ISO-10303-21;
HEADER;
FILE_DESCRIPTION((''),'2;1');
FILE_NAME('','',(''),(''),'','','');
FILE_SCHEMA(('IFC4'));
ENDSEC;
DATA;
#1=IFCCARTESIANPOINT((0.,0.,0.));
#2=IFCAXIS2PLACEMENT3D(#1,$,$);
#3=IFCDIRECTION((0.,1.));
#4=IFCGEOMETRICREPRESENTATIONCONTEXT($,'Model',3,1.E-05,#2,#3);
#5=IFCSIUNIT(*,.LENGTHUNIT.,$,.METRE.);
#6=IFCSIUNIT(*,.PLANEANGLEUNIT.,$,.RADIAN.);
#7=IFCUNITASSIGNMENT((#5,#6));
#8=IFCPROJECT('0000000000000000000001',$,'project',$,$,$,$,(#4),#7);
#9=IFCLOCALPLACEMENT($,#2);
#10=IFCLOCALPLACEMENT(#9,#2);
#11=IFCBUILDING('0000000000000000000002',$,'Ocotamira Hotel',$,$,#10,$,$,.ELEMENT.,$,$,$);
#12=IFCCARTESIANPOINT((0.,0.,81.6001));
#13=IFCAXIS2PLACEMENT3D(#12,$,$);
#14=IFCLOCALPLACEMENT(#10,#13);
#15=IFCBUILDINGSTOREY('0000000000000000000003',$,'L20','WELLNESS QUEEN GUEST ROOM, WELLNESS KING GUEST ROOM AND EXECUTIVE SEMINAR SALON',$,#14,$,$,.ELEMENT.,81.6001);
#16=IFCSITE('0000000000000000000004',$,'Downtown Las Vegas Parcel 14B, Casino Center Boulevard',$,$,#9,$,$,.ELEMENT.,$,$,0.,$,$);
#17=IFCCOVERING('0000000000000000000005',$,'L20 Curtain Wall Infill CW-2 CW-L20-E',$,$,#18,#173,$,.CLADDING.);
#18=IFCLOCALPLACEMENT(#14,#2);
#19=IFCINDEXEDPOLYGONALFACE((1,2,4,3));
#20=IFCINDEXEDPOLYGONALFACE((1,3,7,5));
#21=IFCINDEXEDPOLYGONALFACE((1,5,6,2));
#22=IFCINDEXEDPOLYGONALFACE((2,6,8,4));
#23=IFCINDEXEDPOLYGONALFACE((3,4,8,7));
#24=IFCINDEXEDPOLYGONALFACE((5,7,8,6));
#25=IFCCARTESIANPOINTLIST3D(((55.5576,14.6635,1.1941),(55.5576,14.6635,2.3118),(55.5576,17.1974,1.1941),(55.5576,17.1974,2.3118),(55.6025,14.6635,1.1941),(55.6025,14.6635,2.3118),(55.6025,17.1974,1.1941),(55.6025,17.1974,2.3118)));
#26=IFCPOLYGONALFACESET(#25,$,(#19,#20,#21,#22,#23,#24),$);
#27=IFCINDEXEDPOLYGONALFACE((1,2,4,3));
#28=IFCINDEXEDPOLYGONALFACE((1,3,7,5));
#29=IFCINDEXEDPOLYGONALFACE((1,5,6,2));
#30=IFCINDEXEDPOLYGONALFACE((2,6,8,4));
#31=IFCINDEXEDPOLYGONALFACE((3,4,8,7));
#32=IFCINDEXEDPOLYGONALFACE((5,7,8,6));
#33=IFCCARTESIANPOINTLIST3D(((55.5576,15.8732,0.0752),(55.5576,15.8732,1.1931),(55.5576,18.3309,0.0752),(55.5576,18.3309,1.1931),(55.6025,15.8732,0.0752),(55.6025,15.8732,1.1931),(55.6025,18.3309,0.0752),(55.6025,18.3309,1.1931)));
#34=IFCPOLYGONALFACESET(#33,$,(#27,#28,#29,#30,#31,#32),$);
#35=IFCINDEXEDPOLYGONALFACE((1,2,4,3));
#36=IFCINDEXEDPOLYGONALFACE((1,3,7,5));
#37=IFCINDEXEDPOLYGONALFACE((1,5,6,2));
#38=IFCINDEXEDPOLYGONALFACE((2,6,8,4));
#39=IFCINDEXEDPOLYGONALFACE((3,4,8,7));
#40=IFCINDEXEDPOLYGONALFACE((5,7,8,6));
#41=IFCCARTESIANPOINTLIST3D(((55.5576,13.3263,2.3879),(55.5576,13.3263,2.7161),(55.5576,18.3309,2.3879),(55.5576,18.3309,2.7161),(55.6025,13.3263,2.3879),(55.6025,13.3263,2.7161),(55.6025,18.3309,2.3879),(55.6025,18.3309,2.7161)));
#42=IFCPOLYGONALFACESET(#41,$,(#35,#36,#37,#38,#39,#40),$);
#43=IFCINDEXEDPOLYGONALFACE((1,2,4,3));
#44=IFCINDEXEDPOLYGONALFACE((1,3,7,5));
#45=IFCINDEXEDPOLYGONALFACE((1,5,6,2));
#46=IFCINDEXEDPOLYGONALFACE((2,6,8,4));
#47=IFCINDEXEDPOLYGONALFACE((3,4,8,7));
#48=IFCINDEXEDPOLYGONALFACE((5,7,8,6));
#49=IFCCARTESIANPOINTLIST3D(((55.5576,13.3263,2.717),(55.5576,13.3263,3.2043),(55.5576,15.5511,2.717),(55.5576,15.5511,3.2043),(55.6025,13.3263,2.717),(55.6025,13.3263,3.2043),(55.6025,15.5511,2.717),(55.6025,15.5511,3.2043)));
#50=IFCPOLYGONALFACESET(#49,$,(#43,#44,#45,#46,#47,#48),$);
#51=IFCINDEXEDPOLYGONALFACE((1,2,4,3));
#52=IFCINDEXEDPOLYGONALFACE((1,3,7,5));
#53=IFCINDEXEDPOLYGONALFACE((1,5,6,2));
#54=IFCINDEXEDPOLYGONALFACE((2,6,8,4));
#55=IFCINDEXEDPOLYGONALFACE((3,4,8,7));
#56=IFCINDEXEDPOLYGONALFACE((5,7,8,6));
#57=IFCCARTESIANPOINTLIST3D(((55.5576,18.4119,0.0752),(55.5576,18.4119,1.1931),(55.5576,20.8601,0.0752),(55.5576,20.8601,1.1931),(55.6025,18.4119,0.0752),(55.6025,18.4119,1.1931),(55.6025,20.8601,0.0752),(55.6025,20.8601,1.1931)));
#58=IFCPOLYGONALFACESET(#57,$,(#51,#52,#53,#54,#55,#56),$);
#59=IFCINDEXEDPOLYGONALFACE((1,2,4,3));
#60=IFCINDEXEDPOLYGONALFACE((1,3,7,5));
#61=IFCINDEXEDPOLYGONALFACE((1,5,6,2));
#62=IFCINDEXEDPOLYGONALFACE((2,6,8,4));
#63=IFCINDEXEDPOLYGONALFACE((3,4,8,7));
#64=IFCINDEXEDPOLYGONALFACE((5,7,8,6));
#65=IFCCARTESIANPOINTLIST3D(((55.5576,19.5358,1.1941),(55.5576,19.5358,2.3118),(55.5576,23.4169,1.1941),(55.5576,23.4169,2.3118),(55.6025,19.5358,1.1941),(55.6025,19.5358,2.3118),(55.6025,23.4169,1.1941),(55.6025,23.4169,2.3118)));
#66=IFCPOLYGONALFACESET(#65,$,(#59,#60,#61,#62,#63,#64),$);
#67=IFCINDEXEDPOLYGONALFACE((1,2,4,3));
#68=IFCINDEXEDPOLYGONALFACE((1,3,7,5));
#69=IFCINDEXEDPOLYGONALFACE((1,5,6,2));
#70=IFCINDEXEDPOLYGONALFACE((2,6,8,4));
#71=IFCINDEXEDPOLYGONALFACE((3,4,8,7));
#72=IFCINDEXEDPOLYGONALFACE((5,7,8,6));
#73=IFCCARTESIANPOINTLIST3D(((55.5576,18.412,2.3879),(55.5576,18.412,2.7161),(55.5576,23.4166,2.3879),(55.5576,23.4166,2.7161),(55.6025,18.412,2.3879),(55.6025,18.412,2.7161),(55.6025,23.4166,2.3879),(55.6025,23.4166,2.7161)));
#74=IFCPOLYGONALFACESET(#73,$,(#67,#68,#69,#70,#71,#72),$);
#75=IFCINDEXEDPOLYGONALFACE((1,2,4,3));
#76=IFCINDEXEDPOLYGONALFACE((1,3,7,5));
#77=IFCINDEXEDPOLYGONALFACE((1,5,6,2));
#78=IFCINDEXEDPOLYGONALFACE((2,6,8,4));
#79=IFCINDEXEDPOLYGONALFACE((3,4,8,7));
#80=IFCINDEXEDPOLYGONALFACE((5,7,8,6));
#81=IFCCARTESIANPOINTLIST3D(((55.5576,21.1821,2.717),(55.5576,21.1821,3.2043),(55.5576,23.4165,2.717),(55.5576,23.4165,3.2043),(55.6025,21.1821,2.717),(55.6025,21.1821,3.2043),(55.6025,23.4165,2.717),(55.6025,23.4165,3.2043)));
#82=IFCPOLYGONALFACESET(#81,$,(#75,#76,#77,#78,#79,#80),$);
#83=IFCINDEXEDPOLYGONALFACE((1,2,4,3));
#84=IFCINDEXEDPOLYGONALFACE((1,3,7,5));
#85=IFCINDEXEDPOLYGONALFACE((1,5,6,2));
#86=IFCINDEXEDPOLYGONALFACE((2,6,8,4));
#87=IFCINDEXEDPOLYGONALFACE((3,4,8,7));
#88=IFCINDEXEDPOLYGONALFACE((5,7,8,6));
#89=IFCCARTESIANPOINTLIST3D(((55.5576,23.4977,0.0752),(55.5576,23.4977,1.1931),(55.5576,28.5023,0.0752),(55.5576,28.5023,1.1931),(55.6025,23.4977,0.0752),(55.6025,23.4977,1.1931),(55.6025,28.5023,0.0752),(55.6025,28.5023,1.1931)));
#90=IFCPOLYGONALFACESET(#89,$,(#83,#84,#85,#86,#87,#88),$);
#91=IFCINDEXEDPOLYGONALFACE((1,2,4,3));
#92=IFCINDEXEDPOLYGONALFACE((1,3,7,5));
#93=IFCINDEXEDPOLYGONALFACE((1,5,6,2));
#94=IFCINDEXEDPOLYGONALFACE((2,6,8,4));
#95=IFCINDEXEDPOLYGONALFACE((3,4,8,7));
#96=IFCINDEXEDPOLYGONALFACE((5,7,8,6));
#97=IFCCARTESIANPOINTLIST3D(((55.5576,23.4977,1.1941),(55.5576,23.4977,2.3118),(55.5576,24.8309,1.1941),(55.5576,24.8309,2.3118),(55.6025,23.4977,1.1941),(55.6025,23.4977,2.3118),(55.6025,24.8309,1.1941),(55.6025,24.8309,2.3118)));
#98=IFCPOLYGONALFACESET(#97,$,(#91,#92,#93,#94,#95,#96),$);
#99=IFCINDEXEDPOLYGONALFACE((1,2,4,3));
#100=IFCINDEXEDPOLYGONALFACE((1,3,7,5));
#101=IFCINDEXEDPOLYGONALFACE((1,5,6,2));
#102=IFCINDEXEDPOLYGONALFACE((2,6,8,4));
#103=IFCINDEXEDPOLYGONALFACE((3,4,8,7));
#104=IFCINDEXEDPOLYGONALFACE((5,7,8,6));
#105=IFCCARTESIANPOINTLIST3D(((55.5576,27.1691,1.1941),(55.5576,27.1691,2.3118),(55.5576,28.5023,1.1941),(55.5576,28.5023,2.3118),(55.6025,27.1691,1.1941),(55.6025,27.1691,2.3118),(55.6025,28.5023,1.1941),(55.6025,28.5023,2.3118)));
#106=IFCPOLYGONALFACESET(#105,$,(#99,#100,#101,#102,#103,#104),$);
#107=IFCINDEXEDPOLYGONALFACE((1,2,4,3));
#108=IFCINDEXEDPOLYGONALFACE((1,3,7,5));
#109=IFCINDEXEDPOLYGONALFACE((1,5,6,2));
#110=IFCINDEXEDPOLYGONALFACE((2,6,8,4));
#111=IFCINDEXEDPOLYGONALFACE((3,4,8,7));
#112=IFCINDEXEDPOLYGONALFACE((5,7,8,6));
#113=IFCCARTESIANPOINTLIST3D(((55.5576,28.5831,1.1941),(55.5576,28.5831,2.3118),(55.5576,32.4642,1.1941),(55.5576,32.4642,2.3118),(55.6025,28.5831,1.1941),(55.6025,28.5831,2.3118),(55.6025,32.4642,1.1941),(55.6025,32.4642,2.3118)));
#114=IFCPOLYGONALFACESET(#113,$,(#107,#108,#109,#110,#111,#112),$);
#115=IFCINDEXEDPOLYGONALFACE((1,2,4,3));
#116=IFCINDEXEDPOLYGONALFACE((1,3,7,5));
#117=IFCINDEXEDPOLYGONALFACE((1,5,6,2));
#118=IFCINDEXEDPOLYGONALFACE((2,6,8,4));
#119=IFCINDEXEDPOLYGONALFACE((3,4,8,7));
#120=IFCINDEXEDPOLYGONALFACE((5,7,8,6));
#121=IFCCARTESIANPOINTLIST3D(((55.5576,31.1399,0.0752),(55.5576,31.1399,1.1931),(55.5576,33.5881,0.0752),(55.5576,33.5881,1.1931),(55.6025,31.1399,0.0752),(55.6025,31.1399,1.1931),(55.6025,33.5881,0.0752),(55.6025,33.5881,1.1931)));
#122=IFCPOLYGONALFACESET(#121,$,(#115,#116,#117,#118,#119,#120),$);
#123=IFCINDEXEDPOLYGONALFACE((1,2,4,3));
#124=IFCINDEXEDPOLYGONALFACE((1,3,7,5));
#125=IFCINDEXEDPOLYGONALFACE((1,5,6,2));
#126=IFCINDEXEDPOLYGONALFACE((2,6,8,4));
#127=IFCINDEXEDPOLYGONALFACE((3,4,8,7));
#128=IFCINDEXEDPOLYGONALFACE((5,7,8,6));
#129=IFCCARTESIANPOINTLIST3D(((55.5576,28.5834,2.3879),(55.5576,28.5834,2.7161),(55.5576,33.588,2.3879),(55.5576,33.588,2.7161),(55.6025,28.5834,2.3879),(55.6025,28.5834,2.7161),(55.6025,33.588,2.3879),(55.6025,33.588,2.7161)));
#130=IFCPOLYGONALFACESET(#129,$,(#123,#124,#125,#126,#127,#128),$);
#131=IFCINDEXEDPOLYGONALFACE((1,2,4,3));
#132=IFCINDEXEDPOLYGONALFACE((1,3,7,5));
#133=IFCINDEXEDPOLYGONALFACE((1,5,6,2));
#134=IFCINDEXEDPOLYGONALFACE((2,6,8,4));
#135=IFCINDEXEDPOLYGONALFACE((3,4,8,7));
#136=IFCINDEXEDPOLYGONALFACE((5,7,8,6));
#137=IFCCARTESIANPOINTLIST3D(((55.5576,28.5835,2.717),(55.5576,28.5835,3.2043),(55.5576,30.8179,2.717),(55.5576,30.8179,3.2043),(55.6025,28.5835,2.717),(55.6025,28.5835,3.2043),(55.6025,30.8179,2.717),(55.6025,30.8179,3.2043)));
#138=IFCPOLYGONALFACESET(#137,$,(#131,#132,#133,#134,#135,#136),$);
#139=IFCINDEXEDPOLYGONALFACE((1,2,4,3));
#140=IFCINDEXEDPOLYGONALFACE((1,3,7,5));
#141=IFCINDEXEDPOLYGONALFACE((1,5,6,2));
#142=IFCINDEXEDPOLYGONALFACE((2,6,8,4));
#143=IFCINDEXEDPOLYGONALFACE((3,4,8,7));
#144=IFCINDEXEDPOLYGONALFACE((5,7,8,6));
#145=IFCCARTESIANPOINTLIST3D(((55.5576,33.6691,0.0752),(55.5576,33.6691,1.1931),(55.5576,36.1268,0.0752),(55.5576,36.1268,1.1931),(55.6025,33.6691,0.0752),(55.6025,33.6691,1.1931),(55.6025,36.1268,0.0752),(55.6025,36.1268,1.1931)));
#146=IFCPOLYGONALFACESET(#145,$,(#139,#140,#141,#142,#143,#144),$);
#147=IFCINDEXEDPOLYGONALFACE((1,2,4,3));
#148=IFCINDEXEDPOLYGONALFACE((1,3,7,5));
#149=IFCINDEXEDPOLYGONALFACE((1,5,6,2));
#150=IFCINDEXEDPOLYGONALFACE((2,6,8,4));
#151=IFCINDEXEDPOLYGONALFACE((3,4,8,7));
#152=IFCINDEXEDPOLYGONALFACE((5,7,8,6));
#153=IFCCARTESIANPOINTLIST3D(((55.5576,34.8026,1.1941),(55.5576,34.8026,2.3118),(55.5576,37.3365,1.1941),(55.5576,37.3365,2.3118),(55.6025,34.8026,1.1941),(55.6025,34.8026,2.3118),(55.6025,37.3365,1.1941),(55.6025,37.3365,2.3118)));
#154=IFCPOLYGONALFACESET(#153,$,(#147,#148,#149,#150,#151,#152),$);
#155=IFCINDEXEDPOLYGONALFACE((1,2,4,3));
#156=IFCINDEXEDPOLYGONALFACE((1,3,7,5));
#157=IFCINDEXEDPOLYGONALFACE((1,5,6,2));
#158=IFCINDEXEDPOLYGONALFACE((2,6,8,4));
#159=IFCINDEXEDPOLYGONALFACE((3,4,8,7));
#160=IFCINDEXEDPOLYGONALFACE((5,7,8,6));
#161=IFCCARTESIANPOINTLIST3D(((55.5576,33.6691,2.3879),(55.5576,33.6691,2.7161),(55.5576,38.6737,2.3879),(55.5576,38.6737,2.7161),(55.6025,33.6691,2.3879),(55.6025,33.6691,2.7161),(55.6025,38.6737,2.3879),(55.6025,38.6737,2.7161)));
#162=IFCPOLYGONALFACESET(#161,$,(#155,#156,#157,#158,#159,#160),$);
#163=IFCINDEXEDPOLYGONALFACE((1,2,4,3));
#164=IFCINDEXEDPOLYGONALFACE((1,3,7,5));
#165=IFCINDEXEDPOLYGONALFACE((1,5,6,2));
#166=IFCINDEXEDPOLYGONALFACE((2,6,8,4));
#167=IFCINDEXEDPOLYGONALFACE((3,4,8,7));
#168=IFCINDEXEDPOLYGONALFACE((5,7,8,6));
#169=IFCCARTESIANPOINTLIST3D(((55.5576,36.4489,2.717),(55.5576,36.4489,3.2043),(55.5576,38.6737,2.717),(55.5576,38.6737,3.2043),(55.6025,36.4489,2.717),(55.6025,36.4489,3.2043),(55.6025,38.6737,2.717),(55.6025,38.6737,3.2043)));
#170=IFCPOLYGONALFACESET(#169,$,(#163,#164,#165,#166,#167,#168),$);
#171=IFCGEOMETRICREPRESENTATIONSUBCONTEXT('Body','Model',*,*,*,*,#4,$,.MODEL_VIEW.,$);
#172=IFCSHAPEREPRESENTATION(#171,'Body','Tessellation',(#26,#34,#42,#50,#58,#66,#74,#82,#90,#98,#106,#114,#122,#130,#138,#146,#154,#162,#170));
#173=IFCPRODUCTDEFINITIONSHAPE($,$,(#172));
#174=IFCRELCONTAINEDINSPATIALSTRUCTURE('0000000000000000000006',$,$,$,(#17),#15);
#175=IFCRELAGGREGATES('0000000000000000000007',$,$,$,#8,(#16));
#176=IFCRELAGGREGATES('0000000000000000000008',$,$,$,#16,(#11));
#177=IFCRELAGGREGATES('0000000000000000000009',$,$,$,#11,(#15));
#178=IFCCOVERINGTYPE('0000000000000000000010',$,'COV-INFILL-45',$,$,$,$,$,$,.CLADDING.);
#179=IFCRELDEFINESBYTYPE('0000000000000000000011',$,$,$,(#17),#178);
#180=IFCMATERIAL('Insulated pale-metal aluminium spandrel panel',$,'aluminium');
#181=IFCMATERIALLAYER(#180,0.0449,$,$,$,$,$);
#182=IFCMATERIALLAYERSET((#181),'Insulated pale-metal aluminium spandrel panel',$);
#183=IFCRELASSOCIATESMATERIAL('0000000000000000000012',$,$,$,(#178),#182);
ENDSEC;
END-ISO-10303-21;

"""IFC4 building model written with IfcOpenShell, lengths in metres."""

from ifc_helpers import new_model, si_unit, direction, frame, origin, origin_2d, place, context, subcontext, project, spatial, rectangle, extrude, material, layer, layer_set, type_object, element, save


model = new_model("IFC4")

# Units and contexts
model_context = context("Model", 3, precision=1e-05, world=origin(), true_north=direction((0.0, 1.0)))
body_context = subcontext(model_context, "Body", "Model", "MODEL_VIEW")
ifc_project = project(units=[si_unit("LENGTHUNIT", "METRE"), si_unit("PLANEANGLEUNIT", "RADIAN")], contexts=[model_context])

# Site, building, storey
site_placement = place(None, origin())
site = spatial("IfcSite", under=ifc_project, at=site_placement, Name="Downtown Las Vegas Parcel 14B, Casino Center Boulevard", CompositionType="ELEMENT", RefElevation=0.0)
building_placement = place(site_placement, origin())
building = spatial("IfcBuilding", under=site, at=building_placement, Name="Ocotamira Hotel", CompositionType="ELEMENT")
storey_placement = place(building_placement, frame((0.0, 0.0, 81.6001)))
storey = spatial("IfcBuildingStorey", under=building, at=storey_placement, Name="L20", Description="WELLNESS QUEEN GUEST ROOM, WELLNESS KING GUEST ROOM AND EXECUTIVE SEMINAR SALON", CompositionType="ELEMENT", Elevation=81.6001)

# Covering
ifc_material_1 = material(Name="Insulated pale-metal aluminium spandrel panel", Category="aluminium")
ifc_layer_1 = layer(ifc_material_1, 0.0449)
ifc_layer_set_1 = layer_set([ifc_layer_1], Name="Insulated pale-metal aluminium spandrel panel")
covering_type_1 = type_object("IfcCoveringType", Name="COV-INFILL-45", PredefinedType="CLADDING", material=ifc_layer_set_1)
covering_1_placement = place(storey_placement, origin())
element("IfcCovering", 1, at=covering_1_placement, inside=storey, type_object=covering_type_1, Name="L20 Curtain Wall Infill CW-2 CW-L20-E", PredefinedType="CLADDING", context=body_context, shape_type="SweptSolid", body=[
    extrude(rectangle(XDim=2.5339, YDim=0.0449, at=origin_2d()), frame((55.5801, 15.9304, 1.1941), z_axis=(0.0, 0.0, 1.0), x_axis=(0.0, 1.0, 0.0)), (0.0, 0.0, 1.0), 1.1177),
    extrude(rectangle(XDim=2.4578, YDim=0.0449, at=origin_2d()), frame((55.5801, 17.1021, 0.0752), z_axis=(0.0, 0.0, 1.0), x_axis=(0.0, 1.0, 0.0)), (0.0, 0.0, 1.0), 1.1179),
    extrude(rectangle(XDim=5.0046, YDim=0.0449, at=origin_2d()), frame((55.5801, 15.8286, 2.3879), z_axis=(0.0, 0.0, 1.0), x_axis=(0.0, 1.0, 0.0)), (0.0, 0.0, 1.0), 0.3281),
    extrude(rectangle(XDim=2.2249, YDim=0.0449, at=origin_2d()), frame((55.5801, 14.4387, 2.717), z_axis=(0.0, 0.0, 1.0), x_axis=(0.0, 1.0, 0.0)), (0.0, 0.0, 1.0), 0.4873),
    extrude(rectangle(XDim=2.4482, YDim=0.0449, at=origin_2d()), frame((55.5801, 19.636, 0.0752), z_axis=(0.0, 0.0, 1.0), x_axis=(0.0, 1.0, 0.0)), (0.0, 0.0, 1.0), 1.1179),
    extrude(rectangle(XDim=3.8811, YDim=0.0449, at=origin_2d()), frame((55.5801, 21.4763, 1.1941), z_axis=(0.0, 0.0, 1.0), x_axis=(0.0, 1.0, 0.0)), (0.0, 0.0, 1.0), 1.1177),
    extrude(rectangle(XDim=5.0046, YDim=0.0449, at=origin_2d()), frame((55.5801, 20.9143, 2.3879), z_axis=(0.0, 0.0, 1.0), x_axis=(0.0, 1.0, 0.0)), (0.0, 0.0, 1.0), 0.3281),
    extrude(rectangle(XDim=2.2344, YDim=0.0449, at=origin_2d()), frame((55.5801, 22.2993, 2.717), z_axis=(0.0, 0.0, 1.0), x_axis=(0.0, 1.0, 0.0)), (0.0, 0.0, 1.0), 0.4873),
    extrude(rectangle(XDim=5.0046, YDim=0.0449, at=origin_2d()), frame((55.5801, 26.0, 0.0752), z_axis=(0.0, 0.0, 1.0), x_axis=(0.0, 1.0, 0.0)), (0.0, 0.0, 1.0), 1.1179),
    extrude(rectangle(XDim=1.3333, YDim=0.0449, at=origin_2d()), frame((55.5801, 24.1643, 1.1941), z_axis=(0.0, 0.0, 1.0), x_axis=(0.0, 1.0, 0.0)), (0.0, 0.0, 1.0), 1.1177),
    extrude(rectangle(XDim=1.3333, YDim=0.0449, at=origin_2d()), frame((55.5801, 27.8357, 1.1941), z_axis=(0.0, 0.0, 1.0), x_axis=(0.0, 1.0, 0.0)), (0.0, 0.0, 1.0), 1.1177),
    extrude(rectangle(XDim=3.8811, YDim=0.0449, at=origin_2d()), frame((55.5801, 30.5237, 1.1941), z_axis=(0.0, 0.0, 1.0), x_axis=(0.0, 1.0, 0.0)), (0.0, 0.0, 1.0), 1.1177),
    extrude(rectangle(XDim=2.4482, YDim=0.0449, at=origin_2d()), frame((55.5801, 32.364, 0.0752), z_axis=(0.0, 0.0, 1.0), x_axis=(0.0, 1.0, 0.0)), (0.0, 0.0, 1.0), 1.1179),
    extrude(rectangle(XDim=5.0046, YDim=0.0449, at=origin_2d()), frame((55.5801, 31.0857, 2.3879), z_axis=(0.0, 0.0, 1.0), x_axis=(0.0, 1.0, 0.0)), (0.0, 0.0, 1.0), 0.3281),
    extrude(rectangle(XDim=2.2344, YDim=0.0449, at=origin_2d()), frame((55.5801, 29.7007, 2.717), z_axis=(0.0, 0.0, 1.0), x_axis=(0.0, 1.0, 0.0)), (0.0, 0.0, 1.0), 0.4873),
    extrude(rectangle(XDim=2.4578, YDim=0.0449, at=origin_2d()), frame((55.5801, 34.8979, 0.0752), z_axis=(0.0, 0.0, 1.0), x_axis=(0.0, 1.0, 0.0)), (0.0, 0.0, 1.0), 1.1179),
    extrude(rectangle(XDim=2.5339, YDim=0.0449, at=origin_2d()), frame((55.5801, 36.0696, 1.1941), z_axis=(0.0, 0.0, 1.0), x_axis=(0.0, 1.0, 0.0)), (0.0, 0.0, 1.0), 1.1177),
    extrude(rectangle(XDim=5.0046, YDim=0.0449, at=origin_2d()), frame((55.5801, 36.1714, 2.3879), z_axis=(0.0, 0.0, 1.0), x_axis=(0.0, 1.0, 0.0)), (0.0, 0.0, 1.0), 0.3281),
    extrude(rectangle(XDim=2.2249, YDim=0.0449, at=origin_2d()), frame((55.5801, 37.5613, 2.717), z_axis=(0.0, 0.0, 1.0), x_axis=(0.0, 1.0, 0.0)), (0.0, 0.0, 1.0), 0.4873),
])

save(model, "model.ifc")
